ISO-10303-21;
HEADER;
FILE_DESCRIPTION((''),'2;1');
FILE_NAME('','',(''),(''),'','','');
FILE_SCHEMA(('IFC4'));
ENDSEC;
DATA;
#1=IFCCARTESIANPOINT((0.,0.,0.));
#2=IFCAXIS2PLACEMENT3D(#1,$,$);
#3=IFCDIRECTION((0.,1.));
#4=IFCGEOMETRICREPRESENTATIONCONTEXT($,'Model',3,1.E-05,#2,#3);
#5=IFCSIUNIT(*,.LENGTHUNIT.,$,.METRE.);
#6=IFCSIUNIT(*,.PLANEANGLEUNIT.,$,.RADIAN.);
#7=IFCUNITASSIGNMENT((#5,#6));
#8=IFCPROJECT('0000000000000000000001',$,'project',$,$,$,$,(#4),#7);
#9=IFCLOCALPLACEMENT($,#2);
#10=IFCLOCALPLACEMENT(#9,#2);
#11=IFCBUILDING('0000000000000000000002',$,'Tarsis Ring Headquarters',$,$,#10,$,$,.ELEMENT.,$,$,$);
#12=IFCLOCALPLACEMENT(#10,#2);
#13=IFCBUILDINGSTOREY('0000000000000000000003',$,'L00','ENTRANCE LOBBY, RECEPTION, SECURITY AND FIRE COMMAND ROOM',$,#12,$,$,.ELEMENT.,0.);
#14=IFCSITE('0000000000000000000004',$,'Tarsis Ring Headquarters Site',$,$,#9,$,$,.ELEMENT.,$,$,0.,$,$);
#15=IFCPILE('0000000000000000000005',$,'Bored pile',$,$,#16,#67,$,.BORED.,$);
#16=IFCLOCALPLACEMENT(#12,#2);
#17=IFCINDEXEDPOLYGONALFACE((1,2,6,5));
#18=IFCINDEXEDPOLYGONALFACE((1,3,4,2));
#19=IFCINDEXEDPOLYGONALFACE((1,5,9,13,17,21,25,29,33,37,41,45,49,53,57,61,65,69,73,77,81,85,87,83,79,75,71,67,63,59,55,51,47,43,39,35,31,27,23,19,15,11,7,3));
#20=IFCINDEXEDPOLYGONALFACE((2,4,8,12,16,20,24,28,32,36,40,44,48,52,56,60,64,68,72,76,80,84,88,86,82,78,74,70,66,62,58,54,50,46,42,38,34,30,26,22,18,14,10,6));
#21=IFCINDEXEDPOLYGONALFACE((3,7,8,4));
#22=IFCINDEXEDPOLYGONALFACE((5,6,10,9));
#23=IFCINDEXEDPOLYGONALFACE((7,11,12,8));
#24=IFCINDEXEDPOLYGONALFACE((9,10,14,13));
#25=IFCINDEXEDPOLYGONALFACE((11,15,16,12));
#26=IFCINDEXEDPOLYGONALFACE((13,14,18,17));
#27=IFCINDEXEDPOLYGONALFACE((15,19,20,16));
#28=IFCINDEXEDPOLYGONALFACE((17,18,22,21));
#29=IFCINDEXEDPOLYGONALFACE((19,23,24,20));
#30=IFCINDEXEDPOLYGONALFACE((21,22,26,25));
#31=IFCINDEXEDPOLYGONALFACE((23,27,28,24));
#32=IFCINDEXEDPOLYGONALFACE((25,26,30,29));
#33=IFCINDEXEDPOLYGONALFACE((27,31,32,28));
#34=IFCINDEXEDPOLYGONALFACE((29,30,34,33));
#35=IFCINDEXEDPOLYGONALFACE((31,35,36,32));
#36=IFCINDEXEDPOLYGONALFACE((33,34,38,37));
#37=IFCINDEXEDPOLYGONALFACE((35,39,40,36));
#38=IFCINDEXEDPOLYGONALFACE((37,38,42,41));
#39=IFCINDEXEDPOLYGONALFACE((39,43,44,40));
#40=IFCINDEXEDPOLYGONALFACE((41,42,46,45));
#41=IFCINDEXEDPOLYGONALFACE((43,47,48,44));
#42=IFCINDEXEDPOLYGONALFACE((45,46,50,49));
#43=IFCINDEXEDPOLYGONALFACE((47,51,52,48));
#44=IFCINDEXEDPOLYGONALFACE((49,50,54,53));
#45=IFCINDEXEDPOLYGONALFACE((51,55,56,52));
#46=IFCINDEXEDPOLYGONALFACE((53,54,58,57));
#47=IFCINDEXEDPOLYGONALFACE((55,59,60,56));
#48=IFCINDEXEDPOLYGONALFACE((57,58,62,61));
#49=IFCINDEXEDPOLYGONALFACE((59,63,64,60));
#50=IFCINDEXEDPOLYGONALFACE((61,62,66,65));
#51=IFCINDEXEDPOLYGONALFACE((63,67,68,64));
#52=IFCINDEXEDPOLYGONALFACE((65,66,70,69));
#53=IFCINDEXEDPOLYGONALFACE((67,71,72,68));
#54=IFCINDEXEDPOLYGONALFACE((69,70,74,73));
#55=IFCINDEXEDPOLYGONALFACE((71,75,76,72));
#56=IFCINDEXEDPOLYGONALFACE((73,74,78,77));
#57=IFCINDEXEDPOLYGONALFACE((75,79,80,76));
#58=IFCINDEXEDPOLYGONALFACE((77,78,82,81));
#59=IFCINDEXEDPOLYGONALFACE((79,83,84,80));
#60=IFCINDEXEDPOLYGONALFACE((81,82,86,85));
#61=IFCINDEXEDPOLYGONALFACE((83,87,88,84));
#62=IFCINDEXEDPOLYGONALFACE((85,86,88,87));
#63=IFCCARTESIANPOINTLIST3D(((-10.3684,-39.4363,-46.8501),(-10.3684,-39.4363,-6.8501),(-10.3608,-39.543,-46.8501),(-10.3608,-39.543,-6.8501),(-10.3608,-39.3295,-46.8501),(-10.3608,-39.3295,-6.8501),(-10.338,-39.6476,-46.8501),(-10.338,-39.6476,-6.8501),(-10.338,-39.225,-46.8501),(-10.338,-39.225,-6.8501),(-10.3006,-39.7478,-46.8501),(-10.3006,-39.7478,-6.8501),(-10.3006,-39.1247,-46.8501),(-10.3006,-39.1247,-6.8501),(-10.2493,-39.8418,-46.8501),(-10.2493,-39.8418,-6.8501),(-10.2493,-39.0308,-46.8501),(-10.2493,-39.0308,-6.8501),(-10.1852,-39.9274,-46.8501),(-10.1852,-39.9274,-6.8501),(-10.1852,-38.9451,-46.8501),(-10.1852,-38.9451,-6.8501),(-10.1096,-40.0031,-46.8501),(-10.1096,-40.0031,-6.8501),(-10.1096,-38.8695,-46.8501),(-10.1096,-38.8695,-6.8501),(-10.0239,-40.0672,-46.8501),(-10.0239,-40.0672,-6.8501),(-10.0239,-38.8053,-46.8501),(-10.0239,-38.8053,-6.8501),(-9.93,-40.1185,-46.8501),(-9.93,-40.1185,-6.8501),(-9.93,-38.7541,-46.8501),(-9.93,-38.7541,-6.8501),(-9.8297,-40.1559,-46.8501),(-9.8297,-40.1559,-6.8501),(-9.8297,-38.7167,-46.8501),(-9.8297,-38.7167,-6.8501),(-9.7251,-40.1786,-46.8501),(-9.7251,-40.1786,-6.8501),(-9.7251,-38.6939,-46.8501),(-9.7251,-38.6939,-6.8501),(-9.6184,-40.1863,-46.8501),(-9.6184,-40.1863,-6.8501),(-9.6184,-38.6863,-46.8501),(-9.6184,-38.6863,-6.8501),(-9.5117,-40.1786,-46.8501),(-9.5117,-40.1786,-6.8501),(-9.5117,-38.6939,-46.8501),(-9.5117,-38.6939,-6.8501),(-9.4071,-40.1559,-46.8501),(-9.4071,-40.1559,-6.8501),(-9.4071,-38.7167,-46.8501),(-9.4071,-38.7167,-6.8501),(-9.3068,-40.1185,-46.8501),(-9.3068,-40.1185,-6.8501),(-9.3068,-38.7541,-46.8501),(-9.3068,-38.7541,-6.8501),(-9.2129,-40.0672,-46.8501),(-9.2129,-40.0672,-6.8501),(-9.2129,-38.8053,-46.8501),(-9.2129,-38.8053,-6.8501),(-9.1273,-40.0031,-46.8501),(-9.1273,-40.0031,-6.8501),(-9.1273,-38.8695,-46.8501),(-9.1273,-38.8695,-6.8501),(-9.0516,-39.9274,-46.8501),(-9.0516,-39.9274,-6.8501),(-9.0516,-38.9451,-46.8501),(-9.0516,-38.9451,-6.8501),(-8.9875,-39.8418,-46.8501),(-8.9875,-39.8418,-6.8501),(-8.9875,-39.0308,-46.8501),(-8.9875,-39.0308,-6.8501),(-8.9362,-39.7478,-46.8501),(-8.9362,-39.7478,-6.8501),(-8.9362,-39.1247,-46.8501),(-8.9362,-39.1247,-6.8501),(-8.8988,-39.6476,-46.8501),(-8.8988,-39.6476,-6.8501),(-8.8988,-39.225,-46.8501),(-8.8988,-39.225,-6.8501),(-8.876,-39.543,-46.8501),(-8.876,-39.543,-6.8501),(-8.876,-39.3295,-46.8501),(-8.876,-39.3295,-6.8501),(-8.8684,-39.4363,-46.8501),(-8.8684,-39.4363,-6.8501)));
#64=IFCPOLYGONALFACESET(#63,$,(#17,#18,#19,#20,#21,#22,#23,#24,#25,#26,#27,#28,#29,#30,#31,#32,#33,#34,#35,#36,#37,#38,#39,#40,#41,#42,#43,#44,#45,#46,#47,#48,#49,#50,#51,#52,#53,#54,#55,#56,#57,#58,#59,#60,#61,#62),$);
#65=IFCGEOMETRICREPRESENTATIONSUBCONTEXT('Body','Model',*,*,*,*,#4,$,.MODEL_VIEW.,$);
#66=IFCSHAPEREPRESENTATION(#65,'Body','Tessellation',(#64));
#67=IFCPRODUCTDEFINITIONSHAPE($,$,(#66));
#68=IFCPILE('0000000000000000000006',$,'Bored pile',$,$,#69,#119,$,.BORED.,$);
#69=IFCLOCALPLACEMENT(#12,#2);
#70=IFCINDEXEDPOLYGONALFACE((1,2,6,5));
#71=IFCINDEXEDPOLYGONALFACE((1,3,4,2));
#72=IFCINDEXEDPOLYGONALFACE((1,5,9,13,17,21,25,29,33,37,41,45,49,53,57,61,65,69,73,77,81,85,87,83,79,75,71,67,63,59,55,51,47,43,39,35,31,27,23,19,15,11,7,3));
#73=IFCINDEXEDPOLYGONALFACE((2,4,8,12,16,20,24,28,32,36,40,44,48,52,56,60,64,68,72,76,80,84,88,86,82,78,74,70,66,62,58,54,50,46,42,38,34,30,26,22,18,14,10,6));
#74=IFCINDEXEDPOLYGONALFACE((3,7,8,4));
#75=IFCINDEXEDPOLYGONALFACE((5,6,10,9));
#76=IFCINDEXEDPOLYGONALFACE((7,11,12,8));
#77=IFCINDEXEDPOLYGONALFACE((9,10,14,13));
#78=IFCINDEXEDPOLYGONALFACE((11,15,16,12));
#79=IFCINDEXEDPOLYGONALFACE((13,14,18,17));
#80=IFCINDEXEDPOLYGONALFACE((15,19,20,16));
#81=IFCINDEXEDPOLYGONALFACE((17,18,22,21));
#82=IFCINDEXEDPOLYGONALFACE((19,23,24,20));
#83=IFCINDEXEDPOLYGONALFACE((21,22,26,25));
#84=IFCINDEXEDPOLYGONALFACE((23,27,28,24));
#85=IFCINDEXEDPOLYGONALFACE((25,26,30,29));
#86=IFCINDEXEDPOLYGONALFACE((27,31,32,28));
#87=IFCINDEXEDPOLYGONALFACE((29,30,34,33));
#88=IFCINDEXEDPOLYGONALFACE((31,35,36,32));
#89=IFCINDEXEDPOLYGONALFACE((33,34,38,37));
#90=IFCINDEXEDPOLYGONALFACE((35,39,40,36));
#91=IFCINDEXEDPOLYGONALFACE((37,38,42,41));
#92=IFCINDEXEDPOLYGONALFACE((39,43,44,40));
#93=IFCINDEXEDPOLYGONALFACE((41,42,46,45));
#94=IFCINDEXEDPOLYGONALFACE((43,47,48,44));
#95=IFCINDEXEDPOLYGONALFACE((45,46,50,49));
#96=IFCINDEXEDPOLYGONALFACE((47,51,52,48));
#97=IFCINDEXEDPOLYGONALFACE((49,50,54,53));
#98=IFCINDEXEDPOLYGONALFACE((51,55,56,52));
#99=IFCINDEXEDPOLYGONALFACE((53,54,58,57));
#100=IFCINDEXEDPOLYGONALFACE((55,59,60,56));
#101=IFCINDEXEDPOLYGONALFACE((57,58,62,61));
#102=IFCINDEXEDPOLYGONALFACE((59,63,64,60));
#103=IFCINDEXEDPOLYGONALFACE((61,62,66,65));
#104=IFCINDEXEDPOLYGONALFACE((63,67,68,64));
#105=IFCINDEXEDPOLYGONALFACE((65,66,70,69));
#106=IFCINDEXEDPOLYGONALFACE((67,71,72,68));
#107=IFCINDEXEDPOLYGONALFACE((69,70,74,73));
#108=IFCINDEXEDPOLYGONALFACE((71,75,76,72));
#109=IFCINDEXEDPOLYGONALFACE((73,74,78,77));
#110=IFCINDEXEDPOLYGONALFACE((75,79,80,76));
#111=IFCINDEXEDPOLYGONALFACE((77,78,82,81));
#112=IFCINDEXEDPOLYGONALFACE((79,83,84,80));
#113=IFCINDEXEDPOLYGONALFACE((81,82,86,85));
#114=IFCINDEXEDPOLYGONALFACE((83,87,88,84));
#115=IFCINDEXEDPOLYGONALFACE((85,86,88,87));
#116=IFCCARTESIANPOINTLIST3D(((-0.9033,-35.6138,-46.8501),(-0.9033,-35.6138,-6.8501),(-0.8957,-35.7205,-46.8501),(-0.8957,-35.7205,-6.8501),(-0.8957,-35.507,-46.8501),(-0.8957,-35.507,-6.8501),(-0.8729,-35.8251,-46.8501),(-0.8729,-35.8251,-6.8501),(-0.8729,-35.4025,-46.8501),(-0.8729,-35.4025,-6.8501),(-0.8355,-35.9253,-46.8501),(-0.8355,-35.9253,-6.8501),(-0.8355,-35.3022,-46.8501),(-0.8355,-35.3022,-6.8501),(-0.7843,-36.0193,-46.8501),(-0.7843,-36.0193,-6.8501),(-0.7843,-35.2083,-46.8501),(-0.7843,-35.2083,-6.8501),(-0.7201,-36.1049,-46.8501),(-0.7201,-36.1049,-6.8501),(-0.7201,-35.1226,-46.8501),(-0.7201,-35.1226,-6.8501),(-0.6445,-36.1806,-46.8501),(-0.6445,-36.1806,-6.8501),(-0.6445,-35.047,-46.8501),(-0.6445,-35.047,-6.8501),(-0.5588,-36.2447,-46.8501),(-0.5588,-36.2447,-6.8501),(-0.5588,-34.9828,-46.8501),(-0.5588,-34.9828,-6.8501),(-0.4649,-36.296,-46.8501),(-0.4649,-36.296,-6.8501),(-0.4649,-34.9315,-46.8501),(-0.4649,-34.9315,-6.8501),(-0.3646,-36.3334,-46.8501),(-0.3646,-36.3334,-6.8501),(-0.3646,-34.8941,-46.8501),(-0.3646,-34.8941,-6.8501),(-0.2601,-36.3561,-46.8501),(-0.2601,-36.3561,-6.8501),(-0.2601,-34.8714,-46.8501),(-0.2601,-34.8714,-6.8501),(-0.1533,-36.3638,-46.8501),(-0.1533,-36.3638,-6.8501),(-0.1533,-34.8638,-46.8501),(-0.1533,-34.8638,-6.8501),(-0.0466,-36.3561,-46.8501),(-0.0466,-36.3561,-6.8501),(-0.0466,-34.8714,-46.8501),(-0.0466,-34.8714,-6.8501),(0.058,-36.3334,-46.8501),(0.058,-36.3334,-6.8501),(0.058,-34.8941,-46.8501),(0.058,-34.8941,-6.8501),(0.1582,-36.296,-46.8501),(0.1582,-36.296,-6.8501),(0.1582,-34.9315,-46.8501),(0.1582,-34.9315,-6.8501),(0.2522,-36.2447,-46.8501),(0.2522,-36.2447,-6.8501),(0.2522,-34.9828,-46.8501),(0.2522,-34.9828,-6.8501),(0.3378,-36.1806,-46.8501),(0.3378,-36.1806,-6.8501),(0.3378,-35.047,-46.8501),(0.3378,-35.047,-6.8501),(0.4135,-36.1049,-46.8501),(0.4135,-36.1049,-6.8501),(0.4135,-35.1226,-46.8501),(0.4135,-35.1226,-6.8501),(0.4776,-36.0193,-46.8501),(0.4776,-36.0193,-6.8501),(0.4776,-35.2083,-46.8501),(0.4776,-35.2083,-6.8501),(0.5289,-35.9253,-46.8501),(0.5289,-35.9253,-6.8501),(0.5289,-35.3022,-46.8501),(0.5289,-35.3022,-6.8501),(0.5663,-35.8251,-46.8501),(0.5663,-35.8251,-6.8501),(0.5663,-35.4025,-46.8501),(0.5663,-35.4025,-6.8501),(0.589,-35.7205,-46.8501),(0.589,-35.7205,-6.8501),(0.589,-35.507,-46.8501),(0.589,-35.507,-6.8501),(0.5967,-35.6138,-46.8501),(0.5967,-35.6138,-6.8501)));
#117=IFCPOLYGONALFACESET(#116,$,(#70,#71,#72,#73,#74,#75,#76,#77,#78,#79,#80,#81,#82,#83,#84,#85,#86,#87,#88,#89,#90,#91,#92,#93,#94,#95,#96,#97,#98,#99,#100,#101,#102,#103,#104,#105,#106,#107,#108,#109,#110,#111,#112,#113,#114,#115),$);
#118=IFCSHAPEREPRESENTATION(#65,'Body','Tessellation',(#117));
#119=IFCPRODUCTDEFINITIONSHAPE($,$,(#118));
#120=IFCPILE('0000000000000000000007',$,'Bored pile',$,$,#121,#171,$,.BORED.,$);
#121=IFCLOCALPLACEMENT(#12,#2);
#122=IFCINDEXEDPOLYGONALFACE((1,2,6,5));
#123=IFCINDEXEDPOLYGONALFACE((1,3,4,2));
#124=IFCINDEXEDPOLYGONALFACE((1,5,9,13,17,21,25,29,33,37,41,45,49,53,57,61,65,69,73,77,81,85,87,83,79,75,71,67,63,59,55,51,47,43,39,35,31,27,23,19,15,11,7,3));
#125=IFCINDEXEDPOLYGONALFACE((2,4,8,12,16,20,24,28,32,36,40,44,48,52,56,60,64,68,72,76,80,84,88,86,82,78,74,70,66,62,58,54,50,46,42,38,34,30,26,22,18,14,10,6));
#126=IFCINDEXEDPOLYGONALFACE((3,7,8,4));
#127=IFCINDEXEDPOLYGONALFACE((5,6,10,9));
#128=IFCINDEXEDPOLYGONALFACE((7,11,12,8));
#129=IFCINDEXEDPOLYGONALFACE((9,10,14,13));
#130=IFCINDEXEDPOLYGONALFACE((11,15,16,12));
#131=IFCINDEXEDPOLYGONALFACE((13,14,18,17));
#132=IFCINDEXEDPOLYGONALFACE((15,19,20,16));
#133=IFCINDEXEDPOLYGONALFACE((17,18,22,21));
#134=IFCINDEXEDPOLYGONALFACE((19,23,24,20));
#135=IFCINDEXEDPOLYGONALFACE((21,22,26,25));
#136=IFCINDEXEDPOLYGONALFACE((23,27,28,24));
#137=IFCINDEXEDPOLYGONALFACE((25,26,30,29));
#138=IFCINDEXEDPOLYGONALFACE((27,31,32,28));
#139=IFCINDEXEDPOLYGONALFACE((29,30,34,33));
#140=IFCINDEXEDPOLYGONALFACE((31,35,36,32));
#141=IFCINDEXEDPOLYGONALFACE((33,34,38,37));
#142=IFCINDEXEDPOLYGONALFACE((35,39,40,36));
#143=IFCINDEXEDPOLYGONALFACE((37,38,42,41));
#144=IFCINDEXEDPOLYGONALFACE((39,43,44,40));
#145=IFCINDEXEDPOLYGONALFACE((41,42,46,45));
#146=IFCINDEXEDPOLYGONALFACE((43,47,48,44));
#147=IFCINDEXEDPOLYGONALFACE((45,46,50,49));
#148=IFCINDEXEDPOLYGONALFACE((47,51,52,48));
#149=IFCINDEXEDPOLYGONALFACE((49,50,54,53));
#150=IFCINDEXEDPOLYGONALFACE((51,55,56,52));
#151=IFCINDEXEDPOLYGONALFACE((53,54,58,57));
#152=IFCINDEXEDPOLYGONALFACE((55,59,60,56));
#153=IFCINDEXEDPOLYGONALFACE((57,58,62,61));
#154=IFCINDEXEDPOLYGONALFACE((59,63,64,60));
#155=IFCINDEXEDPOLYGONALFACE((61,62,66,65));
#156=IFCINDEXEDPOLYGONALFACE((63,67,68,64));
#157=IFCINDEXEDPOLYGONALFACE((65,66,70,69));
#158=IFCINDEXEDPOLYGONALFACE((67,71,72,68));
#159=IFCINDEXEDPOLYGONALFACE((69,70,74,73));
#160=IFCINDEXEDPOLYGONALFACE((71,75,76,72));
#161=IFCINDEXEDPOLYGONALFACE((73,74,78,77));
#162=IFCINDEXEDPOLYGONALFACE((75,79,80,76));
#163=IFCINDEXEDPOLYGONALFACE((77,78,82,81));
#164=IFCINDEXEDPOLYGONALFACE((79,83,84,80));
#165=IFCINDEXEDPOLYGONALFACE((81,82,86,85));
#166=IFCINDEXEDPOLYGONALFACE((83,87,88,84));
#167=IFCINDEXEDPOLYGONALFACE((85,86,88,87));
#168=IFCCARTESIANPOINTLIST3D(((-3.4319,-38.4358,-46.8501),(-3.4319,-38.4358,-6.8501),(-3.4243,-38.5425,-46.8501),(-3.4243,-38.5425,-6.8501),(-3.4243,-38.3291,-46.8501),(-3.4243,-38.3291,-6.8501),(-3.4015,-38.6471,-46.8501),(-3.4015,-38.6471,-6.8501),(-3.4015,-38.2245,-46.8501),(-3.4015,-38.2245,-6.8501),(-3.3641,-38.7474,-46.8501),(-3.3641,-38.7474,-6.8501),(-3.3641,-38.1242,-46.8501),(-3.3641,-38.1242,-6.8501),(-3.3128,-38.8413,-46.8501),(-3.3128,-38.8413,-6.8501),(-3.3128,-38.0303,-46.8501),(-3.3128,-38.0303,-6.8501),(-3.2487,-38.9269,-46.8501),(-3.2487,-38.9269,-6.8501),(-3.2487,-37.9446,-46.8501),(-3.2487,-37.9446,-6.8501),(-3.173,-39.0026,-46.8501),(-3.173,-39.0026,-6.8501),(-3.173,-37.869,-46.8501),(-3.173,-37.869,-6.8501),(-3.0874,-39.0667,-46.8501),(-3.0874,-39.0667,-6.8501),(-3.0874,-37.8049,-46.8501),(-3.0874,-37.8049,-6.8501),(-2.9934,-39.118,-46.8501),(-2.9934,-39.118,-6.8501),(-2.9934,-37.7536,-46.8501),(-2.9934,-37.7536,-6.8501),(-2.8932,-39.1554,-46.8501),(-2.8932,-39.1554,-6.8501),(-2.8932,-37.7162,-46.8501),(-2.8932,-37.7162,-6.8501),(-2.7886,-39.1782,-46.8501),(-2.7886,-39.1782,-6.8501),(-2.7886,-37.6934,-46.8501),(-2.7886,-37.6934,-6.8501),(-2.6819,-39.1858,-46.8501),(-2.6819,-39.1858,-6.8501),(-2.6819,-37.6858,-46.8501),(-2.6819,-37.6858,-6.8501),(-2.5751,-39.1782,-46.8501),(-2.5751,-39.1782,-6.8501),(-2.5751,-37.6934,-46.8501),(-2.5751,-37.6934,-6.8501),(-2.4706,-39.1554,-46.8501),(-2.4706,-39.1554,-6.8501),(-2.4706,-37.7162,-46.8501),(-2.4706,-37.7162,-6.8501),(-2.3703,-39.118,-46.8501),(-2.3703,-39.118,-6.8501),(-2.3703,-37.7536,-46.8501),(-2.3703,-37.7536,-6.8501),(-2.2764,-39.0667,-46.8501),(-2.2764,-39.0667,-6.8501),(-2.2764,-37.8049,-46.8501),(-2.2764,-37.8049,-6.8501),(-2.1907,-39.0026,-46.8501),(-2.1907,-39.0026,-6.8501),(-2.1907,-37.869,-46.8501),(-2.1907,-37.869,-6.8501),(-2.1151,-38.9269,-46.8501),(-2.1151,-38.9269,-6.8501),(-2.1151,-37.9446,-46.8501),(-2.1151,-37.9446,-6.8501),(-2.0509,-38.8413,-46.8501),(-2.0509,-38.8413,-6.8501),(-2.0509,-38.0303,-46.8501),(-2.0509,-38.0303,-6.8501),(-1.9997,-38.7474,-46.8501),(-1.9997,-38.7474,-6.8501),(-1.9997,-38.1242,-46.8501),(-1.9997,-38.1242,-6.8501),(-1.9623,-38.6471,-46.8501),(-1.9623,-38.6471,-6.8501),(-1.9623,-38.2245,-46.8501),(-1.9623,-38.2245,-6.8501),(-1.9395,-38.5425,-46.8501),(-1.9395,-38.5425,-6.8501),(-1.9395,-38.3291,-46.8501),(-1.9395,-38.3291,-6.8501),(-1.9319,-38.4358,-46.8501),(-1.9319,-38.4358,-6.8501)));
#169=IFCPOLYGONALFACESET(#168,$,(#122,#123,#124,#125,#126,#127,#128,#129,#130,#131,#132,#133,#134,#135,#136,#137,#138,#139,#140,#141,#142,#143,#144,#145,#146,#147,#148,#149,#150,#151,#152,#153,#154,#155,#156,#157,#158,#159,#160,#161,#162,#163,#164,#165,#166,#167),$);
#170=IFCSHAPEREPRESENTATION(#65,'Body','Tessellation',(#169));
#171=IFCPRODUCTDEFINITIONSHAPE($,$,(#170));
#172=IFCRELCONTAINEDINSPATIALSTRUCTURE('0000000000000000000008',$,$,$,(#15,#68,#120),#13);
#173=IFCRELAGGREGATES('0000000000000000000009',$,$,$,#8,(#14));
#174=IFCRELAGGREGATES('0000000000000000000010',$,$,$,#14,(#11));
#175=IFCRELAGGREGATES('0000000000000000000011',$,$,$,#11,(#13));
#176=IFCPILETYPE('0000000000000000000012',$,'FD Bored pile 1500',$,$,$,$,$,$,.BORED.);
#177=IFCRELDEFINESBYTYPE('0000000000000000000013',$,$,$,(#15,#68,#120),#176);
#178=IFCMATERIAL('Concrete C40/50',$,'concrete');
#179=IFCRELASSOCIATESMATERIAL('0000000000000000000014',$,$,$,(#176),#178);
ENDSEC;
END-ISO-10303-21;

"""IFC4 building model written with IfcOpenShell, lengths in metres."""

from ifc_helpers import new_model, si_unit, direction, frame, origin, origin_2d, place, context, subcontext, project, spatial, circle, extrude, material, material_profile, profile_set, type_object, element, save


model = new_model("IFC4")

# Units and contexts
model_context = context("Model", 3, precision=1e-05, world=origin(), true_north=direction((0.0, 1.0)))
body_context = subcontext(model_context, "Body", "Model", "MODEL_VIEW")
ifc_project = project(units=[si_unit("LENGTHUNIT", "METRE"), si_unit("PLANEANGLEUNIT", "RADIAN")], contexts=[model_context])

# Site, building, storey
site_placement = place(None, origin())
site = spatial("IfcSite", under=ifc_project, at=site_placement, Name="Tarsis Ring Headquarters Site", CompositionType="ELEMENT", RefElevation=0.0)
building_placement = place(site_placement, origin())
building = spatial("IfcBuilding", under=site, at=building_placement, Name="Tarsis Ring Headquarters", CompositionType="ELEMENT")
storey_placement = place(building_placement, origin())
storey = spatial("IfcBuildingStorey", under=building, at=storey_placement, Name="L00", Description="ENTRANCE LOBBY, RECEPTION, SECURITY AND FIRE COMMAND ROOM", CompositionType="ELEMENT", Elevation=0.0)

# Piles
ifc_material_1 = material(Name="Concrete C40/50", Category="concrete")
ifc_material_profile = material_profile(ifc_material_1, circle(Radius=0.75, at=origin_2d()), Name="BORED 1500")
ifc_profile_set = profile_set([ifc_material_profile], Name="Concrete C40/50")
pile_type = type_object("IfcPileType", Name="FD Bored pile 1500", PredefinedType="BORED", material=ifc_profile_set)
for number, where, z_axis, x_axis, name in (
    (1, (-9.6184, -39.4363, -6.8501), (0.0, 0.0, -1.0), (1.0, 0.0, 0.0), "Bored pile"),
    (2, (-0.1533, -35.6138, -6.8501), (0.0, 0.0, -1.0), (1.0, 0.0, 0.0), "Bored pile"),
    (3, (-2.6819, -38.4358, -6.8501), (0.0, 0.0, -1.0), (1.0, 0.0, 0.0), "Bored pile"),
):
    element("IfcPile", number, at=place(storey_placement, frame(where, z_axis=z_axis, x_axis=x_axis)), inside=storey, type_object=pile_type, Name=name, PredefinedType="BORED", context=body_context, shape_type="SweptSolid", body=[
        extrude(circle(Radius=0.75, at=origin_2d()), origin(), (0.0, 0.0, 1.0), 40.0),
    ])

save(model, "model.ifc")
